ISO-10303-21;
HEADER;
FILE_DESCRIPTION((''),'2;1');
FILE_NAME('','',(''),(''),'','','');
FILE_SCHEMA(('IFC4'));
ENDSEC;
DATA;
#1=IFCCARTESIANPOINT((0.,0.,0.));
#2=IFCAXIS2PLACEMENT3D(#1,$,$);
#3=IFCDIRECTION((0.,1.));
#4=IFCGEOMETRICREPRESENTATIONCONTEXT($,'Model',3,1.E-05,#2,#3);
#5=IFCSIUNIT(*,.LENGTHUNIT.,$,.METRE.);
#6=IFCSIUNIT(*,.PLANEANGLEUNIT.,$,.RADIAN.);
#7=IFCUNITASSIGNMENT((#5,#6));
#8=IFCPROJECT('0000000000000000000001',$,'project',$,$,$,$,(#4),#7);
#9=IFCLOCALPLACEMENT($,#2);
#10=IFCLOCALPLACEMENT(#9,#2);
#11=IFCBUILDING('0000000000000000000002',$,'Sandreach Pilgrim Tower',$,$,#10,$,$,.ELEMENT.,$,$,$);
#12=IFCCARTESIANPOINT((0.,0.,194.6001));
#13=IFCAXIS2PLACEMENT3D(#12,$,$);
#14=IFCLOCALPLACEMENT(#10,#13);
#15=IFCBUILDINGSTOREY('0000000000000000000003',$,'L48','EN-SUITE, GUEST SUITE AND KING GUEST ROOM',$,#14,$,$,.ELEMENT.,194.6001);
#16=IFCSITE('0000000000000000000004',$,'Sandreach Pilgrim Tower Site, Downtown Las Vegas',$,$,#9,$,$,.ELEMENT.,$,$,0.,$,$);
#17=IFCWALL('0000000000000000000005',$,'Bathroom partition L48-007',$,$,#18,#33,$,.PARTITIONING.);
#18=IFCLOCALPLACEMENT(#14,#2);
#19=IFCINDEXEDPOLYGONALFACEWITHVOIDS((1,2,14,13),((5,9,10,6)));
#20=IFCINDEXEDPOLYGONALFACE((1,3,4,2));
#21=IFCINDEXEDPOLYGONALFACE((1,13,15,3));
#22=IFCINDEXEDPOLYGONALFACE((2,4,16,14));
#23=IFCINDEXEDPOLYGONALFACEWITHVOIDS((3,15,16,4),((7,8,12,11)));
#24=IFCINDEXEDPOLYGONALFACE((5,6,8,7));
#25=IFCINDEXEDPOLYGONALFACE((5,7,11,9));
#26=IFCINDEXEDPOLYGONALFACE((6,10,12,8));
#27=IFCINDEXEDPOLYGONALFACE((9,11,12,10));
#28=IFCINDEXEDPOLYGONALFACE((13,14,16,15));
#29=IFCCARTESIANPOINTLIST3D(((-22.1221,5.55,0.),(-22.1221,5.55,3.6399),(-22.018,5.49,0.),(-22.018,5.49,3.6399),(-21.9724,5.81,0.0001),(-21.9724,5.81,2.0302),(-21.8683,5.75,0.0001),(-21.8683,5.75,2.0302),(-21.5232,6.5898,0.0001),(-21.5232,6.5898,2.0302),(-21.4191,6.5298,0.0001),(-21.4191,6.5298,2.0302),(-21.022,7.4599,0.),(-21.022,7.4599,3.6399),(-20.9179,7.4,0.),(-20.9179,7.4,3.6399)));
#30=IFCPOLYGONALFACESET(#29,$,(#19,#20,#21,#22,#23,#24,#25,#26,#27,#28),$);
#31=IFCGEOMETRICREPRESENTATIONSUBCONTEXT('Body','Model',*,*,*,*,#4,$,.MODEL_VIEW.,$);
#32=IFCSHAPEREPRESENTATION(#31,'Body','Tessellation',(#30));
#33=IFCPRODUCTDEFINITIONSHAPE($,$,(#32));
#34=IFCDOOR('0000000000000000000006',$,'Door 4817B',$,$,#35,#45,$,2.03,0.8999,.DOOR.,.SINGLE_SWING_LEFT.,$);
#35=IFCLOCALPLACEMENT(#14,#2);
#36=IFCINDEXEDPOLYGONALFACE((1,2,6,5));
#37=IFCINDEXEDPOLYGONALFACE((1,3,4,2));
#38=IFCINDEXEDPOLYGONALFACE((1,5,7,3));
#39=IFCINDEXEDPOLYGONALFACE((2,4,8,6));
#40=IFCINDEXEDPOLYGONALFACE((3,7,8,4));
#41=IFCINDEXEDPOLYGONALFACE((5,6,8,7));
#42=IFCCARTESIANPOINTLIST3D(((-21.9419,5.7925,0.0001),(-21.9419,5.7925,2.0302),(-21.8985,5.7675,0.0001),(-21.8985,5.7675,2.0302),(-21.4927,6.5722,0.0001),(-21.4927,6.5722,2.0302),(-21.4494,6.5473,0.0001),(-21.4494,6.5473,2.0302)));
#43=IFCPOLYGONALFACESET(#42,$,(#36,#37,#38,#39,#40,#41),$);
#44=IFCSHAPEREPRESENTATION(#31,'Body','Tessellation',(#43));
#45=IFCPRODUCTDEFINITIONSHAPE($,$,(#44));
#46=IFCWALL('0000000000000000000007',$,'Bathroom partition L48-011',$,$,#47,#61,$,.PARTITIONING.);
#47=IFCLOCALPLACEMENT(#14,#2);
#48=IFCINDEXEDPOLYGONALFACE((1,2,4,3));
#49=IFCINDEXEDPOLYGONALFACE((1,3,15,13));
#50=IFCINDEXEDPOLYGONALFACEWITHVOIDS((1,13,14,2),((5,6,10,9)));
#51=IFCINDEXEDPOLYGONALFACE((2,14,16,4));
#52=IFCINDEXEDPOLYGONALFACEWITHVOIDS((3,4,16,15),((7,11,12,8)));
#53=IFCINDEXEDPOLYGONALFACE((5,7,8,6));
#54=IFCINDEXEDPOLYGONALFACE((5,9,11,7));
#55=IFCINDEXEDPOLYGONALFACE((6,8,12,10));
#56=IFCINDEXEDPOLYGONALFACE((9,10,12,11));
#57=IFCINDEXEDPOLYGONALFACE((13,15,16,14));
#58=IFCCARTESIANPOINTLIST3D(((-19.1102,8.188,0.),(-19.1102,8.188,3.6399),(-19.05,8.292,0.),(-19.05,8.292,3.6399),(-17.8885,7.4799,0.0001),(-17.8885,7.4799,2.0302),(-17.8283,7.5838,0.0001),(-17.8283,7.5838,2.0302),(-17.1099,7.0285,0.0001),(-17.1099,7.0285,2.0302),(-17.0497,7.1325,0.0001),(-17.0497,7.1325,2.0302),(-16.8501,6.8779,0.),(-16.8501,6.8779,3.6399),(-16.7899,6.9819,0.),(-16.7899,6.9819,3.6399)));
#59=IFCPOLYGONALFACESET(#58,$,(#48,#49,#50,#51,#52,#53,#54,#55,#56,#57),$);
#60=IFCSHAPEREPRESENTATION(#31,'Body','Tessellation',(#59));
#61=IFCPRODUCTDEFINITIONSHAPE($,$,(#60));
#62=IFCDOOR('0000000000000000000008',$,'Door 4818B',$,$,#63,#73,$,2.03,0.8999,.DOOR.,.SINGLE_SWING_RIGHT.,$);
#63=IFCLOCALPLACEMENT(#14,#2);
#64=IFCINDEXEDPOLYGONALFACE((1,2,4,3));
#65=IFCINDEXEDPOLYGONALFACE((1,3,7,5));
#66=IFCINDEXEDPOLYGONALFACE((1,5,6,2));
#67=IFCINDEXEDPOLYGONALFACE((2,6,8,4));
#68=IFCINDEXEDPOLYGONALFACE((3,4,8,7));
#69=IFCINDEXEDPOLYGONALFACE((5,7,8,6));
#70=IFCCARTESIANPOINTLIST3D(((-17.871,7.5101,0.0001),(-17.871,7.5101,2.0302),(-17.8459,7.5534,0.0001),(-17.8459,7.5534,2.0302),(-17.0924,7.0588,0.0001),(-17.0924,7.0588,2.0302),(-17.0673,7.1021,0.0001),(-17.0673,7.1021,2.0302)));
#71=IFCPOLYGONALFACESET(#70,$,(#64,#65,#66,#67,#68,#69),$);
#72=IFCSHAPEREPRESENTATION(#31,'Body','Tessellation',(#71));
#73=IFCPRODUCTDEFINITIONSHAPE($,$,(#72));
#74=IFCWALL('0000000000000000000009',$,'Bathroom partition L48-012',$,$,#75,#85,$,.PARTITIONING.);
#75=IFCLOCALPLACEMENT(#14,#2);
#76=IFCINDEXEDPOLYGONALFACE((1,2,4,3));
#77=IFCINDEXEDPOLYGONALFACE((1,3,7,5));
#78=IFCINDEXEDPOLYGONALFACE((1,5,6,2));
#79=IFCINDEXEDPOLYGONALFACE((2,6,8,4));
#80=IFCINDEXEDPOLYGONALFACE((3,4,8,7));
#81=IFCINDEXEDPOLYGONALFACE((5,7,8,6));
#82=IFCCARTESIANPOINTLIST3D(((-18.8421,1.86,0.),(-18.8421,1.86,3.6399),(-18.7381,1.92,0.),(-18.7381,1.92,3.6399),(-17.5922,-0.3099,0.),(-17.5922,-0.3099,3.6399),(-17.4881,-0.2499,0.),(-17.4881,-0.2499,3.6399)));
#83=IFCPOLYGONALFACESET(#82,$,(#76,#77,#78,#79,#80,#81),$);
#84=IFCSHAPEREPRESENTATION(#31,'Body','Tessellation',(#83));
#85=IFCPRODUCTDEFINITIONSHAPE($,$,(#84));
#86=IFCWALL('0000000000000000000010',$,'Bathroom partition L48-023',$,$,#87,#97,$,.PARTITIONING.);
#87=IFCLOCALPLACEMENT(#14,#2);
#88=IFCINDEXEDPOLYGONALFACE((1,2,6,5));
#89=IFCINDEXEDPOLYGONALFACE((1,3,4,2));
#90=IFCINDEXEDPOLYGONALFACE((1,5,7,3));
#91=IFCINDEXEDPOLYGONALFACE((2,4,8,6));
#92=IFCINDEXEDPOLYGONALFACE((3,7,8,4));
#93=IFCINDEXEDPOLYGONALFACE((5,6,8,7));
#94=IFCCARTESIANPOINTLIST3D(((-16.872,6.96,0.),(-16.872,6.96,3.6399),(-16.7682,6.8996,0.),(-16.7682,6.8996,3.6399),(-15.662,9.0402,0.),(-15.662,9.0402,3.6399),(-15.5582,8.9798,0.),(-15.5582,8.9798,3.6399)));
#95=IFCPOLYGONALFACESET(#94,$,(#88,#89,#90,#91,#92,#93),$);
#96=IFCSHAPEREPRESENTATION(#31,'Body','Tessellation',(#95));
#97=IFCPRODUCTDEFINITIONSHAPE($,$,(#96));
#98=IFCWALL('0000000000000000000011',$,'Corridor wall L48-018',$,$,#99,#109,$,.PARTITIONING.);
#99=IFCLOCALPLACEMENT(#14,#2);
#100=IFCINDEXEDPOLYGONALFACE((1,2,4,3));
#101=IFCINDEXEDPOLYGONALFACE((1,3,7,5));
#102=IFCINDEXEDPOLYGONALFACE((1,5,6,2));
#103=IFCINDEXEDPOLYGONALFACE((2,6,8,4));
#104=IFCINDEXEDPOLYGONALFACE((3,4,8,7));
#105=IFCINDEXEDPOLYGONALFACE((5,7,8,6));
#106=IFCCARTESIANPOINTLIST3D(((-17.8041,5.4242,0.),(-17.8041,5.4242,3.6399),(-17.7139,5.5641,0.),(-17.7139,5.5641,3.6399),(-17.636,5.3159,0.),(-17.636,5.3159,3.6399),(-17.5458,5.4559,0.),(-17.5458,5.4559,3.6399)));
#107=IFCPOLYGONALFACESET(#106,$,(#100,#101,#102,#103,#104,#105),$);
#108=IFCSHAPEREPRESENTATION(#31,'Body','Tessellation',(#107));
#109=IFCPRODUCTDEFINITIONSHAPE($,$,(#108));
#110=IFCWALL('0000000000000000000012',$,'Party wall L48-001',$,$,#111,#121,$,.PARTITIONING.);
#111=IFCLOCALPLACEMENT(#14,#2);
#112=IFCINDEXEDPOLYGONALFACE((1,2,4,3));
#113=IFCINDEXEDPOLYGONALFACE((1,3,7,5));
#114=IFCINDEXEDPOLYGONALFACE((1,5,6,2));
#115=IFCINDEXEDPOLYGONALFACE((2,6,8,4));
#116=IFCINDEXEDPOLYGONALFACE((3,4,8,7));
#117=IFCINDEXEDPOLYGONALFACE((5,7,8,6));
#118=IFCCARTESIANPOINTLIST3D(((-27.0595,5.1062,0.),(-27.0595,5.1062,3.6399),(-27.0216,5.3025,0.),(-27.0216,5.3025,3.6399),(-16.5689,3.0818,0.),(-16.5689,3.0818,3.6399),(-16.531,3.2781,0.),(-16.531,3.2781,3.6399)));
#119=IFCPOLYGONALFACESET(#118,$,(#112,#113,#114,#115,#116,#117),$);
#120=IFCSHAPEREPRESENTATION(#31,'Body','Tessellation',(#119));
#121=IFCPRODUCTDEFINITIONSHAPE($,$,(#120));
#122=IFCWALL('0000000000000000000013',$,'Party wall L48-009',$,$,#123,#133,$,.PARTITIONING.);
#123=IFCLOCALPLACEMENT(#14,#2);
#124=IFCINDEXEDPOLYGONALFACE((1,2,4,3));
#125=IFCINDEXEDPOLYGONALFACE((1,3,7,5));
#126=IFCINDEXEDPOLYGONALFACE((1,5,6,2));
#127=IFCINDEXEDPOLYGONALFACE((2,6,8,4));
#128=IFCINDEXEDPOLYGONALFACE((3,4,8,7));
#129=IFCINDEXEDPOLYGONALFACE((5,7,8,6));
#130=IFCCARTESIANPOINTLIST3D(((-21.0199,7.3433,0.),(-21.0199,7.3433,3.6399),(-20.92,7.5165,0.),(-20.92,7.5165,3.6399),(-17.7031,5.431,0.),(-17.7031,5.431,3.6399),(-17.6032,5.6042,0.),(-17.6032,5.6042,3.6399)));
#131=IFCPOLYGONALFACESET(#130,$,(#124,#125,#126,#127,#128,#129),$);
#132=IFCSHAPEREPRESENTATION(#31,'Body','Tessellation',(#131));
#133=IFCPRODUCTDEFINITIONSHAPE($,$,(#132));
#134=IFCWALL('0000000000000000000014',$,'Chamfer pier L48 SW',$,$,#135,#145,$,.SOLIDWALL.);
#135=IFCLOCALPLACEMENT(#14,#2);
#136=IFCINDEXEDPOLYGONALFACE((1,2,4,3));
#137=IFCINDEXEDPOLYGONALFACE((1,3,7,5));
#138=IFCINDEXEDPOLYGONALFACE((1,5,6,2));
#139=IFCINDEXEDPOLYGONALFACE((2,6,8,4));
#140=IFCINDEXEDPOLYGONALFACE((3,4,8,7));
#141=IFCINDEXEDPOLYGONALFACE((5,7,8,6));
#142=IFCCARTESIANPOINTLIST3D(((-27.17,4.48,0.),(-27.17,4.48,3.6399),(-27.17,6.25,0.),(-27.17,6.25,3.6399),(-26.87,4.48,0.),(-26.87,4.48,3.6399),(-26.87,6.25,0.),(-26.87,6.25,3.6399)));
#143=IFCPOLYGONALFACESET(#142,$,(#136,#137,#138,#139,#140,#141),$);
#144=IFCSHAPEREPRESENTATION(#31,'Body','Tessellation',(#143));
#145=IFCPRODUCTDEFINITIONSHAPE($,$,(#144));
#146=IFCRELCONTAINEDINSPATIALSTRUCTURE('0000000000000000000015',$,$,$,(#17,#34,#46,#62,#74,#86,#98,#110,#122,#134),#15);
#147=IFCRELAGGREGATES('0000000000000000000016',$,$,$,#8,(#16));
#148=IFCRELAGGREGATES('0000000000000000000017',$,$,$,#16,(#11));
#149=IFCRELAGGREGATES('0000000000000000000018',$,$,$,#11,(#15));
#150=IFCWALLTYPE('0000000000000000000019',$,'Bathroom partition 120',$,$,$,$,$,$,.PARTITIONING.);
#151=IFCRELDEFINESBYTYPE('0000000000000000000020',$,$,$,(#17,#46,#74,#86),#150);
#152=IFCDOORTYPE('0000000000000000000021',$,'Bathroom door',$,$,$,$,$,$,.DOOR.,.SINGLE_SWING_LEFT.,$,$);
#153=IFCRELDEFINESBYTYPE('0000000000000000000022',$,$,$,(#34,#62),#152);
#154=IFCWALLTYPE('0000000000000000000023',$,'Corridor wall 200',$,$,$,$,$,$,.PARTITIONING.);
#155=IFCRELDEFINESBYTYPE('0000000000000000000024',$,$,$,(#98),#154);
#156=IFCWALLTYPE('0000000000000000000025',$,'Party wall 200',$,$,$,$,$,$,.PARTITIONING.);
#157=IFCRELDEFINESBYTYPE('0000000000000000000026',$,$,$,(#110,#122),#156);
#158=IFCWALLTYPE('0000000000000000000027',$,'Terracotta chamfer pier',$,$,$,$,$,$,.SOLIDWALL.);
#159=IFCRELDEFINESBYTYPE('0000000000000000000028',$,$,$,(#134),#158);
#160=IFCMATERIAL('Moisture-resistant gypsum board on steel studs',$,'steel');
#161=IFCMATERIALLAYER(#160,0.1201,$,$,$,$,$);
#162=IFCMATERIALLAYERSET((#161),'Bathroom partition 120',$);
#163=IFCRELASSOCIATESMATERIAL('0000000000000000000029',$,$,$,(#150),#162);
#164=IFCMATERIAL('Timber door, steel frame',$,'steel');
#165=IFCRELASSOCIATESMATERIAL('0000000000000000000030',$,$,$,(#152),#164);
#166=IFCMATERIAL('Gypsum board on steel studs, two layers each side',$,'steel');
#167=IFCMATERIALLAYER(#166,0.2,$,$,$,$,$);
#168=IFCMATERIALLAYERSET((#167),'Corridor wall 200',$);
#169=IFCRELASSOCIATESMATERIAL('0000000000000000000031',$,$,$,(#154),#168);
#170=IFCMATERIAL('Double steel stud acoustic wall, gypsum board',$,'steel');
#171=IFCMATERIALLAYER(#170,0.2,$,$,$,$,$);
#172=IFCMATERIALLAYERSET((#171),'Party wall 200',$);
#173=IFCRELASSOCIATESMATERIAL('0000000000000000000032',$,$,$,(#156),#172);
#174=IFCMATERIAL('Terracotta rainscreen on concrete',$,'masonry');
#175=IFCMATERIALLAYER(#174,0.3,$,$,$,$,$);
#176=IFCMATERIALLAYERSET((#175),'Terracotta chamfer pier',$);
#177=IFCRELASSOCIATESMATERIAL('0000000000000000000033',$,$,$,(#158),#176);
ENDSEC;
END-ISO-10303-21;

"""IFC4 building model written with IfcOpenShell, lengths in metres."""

from ifc_helpers import new_model, si_unit, direction, frame, frame_2d, origin, place, context, subcontext, project, spatial, rectangle, extrude, material, layer, layer_set, type_object, element, fill, save


model = new_model("IFC4")

# Units and contexts
model_context = context("Model", 3, precision=1e-05, world=origin(), true_north=direction((0.0, 1.0)))
body_context = subcontext(model_context, "Body", "Model", "MODEL_VIEW")
ifc_project = project(units=[si_unit("LENGTHUNIT", "METRE"), si_unit("PLANEANGLEUNIT", "RADIAN")], contexts=[model_context])

# Site, building, storey
site_placement = place(None, origin())
site = spatial("IfcSite", under=ifc_project, at=site_placement, Name="Sandreach Pilgrim Tower Site, Downtown Las Vegas", CompositionType="ELEMENT", RefElevation=0.0)
building_placement = place(site_placement, origin())
building = spatial("IfcBuilding", under=site, at=building_placement, Name="Sandreach Pilgrim Tower", CompositionType="ELEMENT")
storey_placement = place(building_placement, frame((0.0, 0.0, 194.6001)))
storey = spatial("IfcBuildingStorey", under=building, at=storey_placement, Name="L48", Description="EN-SUITE, GUEST SUITE AND KING GUEST ROOM", CompositionType="ELEMENT", Elevation=194.6001)

# Shared definitions
ifc_material_1 = material(Name="Moisture-resistant gypsum board on steel studs", Category="steel")
ifc_layer_1 = layer(ifc_material_1, 0.1201)
ifc_layer_set_1 = layer_set([ifc_layer_1], Name="Bathroom partition 120")
wall_type_1 = type_object("IfcWallType", Name="Bathroom partition 120", PredefinedType="PARTITIONING", material=ifc_layer_set_1)

# Walls, openings, doors
wall_1_placement = place(storey_placement, frame((-22.0701, 5.52, 0.0), z_axis=(0.0, 0.0, 1.0), x_axis=(0.499118, 0.866534, 0.0)))
wall_1 = element("IfcWall", 1, at=wall_1_placement, inside=storey, type_object=wall_type_1, Name="Bathroom partition L48-007", PredefinedType="PARTITIONING", context=body_context, shape_type="SweptSolid", body=[
    extrude(rectangle(XDim=2.2041, YDim=0.1201, at=frame_2d((1.1021, 0.0))), origin(), (0.0, 0.0, 1.0), 3.6399),
])
opening_1_placement = place(wall_1_placement, frame((0.3, 0.0, 0.0)))
opening_1 = element("IfcOpeningElement", 2, at=opening_1_placement, cuts=wall_1, PredefinedType="OPENING", context=body_context, shape_type="SweptSolid", body=[
    extrude(rectangle(XDim=0.8999, YDim=2.03, at=frame_2d((0.45, 1.0151))), frame((0.0, 0.0601, 0.0), z_axis=(0.0, -1.0, 0.0), x_axis=(1.0, 0.0, 0.0)), (0.0, 0.0, 1.0), 0.1201),
])
ifc_material_2 = material(Name="Timber door, steel frame", Category="steel")
door_type_1 = type_object("IfcDoorType", Name="Bathroom door", OperationType="SINGLE_SWING_LEFT", PredefinedType="DOOR", material=ifc_material_2)
door_1_placement = place(opening_1_placement, origin())
door_1 = element("IfcDoor", 3, at=door_1_placement, inside=storey, type_object=door_type_1, Name="Door 4817B", OperationType="SINGLE_SWING_LEFT", OverallHeight=2.03, OverallWidth=0.8999, PredefinedType="DOOR", context=body_context, shape_type="SweptSolid", body=[
    extrude(rectangle(XDim=0.8999, YDim=2.03, at=frame_2d((0.45, 1.0151))), frame((0.0, 0.0249, 0.0), z_axis=(0.0, -1.0, 0.0), x_axis=(1.0, 0.0, 0.0)), (0.0, 0.0, 1.0), 0.05),
])
fill(opening_1, door_1)
wall_2_placement = place(storey_placement, frame((-19.0801, 8.24, 0.0), z_axis=(0.0, 0.0, 1.0), x_axis=(0.865155, -0.501504, 0.0)))
wall_2 = element("IfcWall", 4, at=wall_2_placement, inside=storey, type_object=wall_type_1, Name="Bathroom partition L48-011", PredefinedType="PARTITIONING", context=body_context, shape_type="SweptSolid", body=[
    extrude(rectangle(XDim=2.6123, YDim=0.1201, at=frame_2d((1.3062, 0.0))), origin(), (0.0, 0.0, 1.0), 3.6399),
])
opening_2_placement = place(wall_2_placement, frame((1.4121, 0.0, 0.0)))
opening_2 = element("IfcOpeningElement", 5, at=opening_2_placement, cuts=wall_2, PredefinedType="OPENING", context=body_context, shape_type="SweptSolid", body=[
    extrude(rectangle(XDim=0.8999, YDim=2.03, at=frame_2d((0.45, 1.0151))), frame((0.0, 0.0601, 0.0), z_axis=(0.0, -1.0, 0.0), x_axis=(1.0, 0.0, 0.0)), (0.0, 0.0, 1.0), 0.1201),
])
door_2_placement = place(opening_2_placement, origin())
door_2 = element("IfcDoor", 6, at=door_2_placement, inside=storey, type_object=door_type_1, Name="Door 4818B", OperationType="SINGLE_SWING_RIGHT", OverallHeight=2.03, OverallWidth=0.8999, PredefinedType="DOOR", context=body_context, shape_type="SweptSolid", body=[
    extrude(rectangle(XDim=0.8999, YDim=2.03, at=frame_2d((0.45, 1.0151))), frame((0.0, 0.0249, 0.0), z_axis=(0.0, -1.0, 0.0), x_axis=(1.0, 0.0, 0.0)), (0.0, 0.0, 1.0), 0.05),
])
fill(opening_2, door_2)

# Walls
wall_3_placement = place(storey_placement, frame((-18.79, 1.8899, 0.0), z_axis=(0.0, 0.0, 1.0), x_axis=(0.49916, -0.86651, 0.0)))
element("IfcWall", 7, at=wall_3_placement, inside=storey, type_object=wall_type_1, Name="Bathroom partition L48-012", PredefinedType="PARTITIONING", context=body_context, shape_type="SweptSolid", body=[
    extrude(rectangle(XDim=2.5042, YDim=0.1201, at=frame_2d((1.252, 0.0))), origin(), (0.0, 0.0, 1.0), 3.6399),
])
wall_4_placement = place(storey_placement, frame((-16.8201, 6.9299, 0.0), z_axis=(0.0, 0.0, 1.0), x_axis=(0.502811, 0.864396, 0.0)))
element("IfcWall", 8, at=wall_4_placement, inside=storey, type_object=wall_type_1, Name="Bathroom partition L48-023", PredefinedType="PARTITIONING", context=body_context, shape_type="SweptSolid", body=[
    extrude(rectangle(XDim=2.4065, YDim=0.1201, at=frame_2d((1.2031, 0.0))), origin(), (0.0, 0.0, 1.0), 3.6399),
])

# Shared definitions
ifc_material_3 = material(Name="Gypsum board on steel studs, two layers each side", Category="steel")
ifc_layer_2 = layer(ifc_material_3, 0.2)
ifc_layer_set_2 = layer_set([ifc_layer_2], Name="Corridor wall 200")
wall_type_2 = type_object("IfcWallType", Name="Corridor wall 200", PredefinedType="PARTITIONING", material=ifc_layer_set_2)

# Walls
wall_5_placement = place(storey_placement, frame((-17.6299, 5.51, 0.0), z_axis=(0.0, 0.0, 1.0), x_axis=(-0.541425, -0.840749, 0.0)))
element("IfcWall", 9, at=wall_5_placement, inside=storey, type_object=wall_type_2, Name="Corridor wall L48-018", PredefinedType="PARTITIONING", context=body_context, shape_type="SweptSolid", body=[
    extrude(rectangle(XDim=0.1665, YDim=0.2, at=frame_2d((0.0833, 0.0))), origin(), (0.0, 0.0, 1.0), 3.6399),
])
ifc_material_4 = material(Name="Double steel stud acoustic wall, gypsum board", Category="steel")
ifc_layer_3 = layer(ifc_material_4, 0.2)
ifc_layer_set_3 = layer_set([ifc_layer_3], Name="Party wall 200")
wall_type_3 = type_object("IfcWallType", Name="Party wall 200", PredefinedType="PARTITIONING", material=ifc_layer_set_3)
wall_6_placement = place(storey_placement, frame((-27.0405, 5.2043, 0.0), z_axis=(0.0, 0.0, 1.0), x_axis=(0.981884, -0.18948, 0.0)))
element("IfcWall", 10, at=wall_6_placement, inside=storey, type_object=wall_type_3, Name="Party wall L48-001", PredefinedType="PARTITIONING", context=body_context, shape_type="SweptSolid", body=[
    extrude(rectangle(XDim=10.6841, YDim=0.2, at=frame_2d((5.342, 0.0))), origin(), (0.0, 0.0, 1.0), 3.6399),
])
wall_7_placement = place(storey_placement, frame((-20.97, 7.4299, 0.0), z_axis=(0.0, 0.0, 1.0), x_axis=(0.866326, -0.49948, 0.0)))
element("IfcWall", 11, at=wall_7_placement, inside=storey, type_object=wall_type_3, Name="Party wall L48-009", PredefinedType="PARTITIONING", context=body_context, shape_type="SweptSolid", body=[
    extrude(rectangle(XDim=3.8286, YDim=0.2, at=frame_2d((1.9143, 0.0))), origin(), (0.0, 0.0, 1.0), 3.6399),
])
ifc_material_5 = material(Name="Terracotta rainscreen on concrete", Category="masonry")
ifc_layer_4 = layer(ifc_material_5, 0.3)
ifc_layer_set_4 = layer_set([ifc_layer_4], Name="Terracotta chamfer pier")
wall_type_4 = type_object("IfcWallType", Name="Terracotta chamfer pier", PredefinedType="SOLIDWALL", material=ifc_layer_set_4)
wall_8_placement = place(storey_placement, frame((-27.02, 4.48, 0.0), z_axis=(0.0, 0.0, 1.0), x_axis=(0.0, 1.0, 0.0)))
element("IfcWall", 12, at=wall_8_placement, inside=storey, type_object=wall_type_4, Name="Chamfer pier L48 SW", PredefinedType="SOLIDWALL", context=body_context, shape_type="SweptSolid", body=[
    extrude(rectangle(XDim=1.77, YDim=0.3, at=frame_2d((0.885, 0.0))), origin(), (0.0, 0.0, 1.0), 3.6399),
])

save(model, "model.ifc")
